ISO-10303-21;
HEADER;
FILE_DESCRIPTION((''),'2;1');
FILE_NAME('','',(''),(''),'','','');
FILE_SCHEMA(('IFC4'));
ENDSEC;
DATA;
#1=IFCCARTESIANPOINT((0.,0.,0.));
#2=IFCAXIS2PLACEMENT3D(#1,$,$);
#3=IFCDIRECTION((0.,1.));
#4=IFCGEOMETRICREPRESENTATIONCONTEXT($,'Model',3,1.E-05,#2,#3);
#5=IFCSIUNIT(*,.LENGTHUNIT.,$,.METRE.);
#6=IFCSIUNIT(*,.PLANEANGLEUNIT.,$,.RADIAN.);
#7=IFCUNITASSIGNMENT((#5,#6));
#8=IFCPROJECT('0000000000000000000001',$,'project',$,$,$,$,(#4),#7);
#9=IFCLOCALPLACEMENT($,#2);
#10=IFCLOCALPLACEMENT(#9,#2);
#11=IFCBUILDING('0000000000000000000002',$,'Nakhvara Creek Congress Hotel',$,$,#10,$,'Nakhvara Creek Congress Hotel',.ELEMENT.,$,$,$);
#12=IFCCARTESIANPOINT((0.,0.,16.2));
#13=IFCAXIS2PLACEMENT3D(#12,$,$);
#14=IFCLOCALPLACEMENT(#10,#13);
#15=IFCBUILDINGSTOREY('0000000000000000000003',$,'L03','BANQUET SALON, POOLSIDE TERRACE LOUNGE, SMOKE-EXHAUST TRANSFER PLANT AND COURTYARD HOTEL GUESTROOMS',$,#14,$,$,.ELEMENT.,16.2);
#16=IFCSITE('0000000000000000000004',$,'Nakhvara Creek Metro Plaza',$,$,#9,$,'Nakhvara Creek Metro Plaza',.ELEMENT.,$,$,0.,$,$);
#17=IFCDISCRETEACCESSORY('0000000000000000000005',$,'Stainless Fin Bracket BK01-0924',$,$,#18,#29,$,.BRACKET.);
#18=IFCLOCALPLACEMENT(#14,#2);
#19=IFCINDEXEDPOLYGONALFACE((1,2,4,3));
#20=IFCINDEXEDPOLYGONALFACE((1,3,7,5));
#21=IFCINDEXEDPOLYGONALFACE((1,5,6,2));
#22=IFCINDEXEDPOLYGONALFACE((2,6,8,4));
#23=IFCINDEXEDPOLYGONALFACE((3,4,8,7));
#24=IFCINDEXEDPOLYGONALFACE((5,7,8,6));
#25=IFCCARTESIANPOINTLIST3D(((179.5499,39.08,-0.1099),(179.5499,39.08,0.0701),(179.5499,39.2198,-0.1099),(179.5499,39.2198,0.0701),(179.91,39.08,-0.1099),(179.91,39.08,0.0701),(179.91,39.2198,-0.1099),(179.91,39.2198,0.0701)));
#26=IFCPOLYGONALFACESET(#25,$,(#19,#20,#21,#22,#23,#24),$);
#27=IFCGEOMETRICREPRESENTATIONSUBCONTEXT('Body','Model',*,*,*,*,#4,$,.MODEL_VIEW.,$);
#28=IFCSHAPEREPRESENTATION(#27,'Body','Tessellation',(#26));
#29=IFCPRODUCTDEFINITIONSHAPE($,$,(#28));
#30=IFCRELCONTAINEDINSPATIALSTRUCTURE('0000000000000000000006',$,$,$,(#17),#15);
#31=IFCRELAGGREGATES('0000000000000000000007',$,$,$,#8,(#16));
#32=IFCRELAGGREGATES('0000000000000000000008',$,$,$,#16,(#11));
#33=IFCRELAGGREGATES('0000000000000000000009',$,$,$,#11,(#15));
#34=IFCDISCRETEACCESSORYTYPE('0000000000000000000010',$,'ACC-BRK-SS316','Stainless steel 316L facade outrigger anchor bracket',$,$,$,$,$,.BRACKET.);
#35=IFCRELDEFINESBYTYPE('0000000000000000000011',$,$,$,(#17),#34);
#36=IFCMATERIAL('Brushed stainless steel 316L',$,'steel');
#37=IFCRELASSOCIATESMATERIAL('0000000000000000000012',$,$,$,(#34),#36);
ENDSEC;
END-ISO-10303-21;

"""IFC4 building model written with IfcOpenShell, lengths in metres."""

from ifc_helpers import new_model, si_unit, direction, frame, origin, origin_2d, place, context, subcontext, project, spatial, rectangle, extrude, material, type_object, element, save


model = new_model("IFC4")

# Units and contexts
model_context = context("Model", 3, precision=1e-05, world=origin(), true_north=direction((0.0, 1.0)))
body_context = subcontext(model_context, "Body", "Model", "MODEL_VIEW")
ifc_project = project(units=[si_unit("LENGTHUNIT", "METRE"), si_unit("PLANEANGLEUNIT", "RADIAN")], contexts=[model_context])

# Site, building, storey
site_placement = place(None, origin())
site = spatial("IfcSite", under=ifc_project, at=site_placement, Name="Nakhvara Creek Metro Plaza", LongName="Nakhvara Creek Metro Plaza", CompositionType="ELEMENT", RefElevation=0.0)
building_placement = place(site_placement, origin())
building = spatial("IfcBuilding", under=site, at=building_placement, Name="Nakhvara Creek Congress Hotel", LongName="Nakhvara Creek Congress Hotel", CompositionType="ELEMENT")
storey_placement = place(building_placement, frame((0.0, 0.0, 16.2)))
storey = spatial("IfcBuildingStorey", under=building, at=storey_placement, Name="L03", Description="BANQUET SALON, POOLSIDE TERRACE LOUNGE, SMOKE-EXHAUST TRANSFER PLANT AND COURTYARD HOTEL GUESTROOMS", CompositionType="ELEMENT", Elevation=16.2)

# Discrete accessory
ifc_material_1 = material(Name="Brushed stainless steel 316L", Category="steel")
discrete_accessory_type = type_object("IfcDiscreteAccessoryType", Name="ACC-BRK-SS316", Description="Stainless steel 316L facade outrigger anchor bracket", PredefinedType="BRACKET", material=ifc_material_1)
for number, where, z_axis, x_axis, name in (
    (1, (179.73, 39.1499, -0.1099), (0.0, 0.0, 1.0), (0.0, 1.0, 0.0), "Stainless Fin Bracket BK01-0924"),
):
    element("IfcDiscreteAccessory", number, at=place(storey_placement, frame(where, z_axis=z_axis, x_axis=x_axis)), inside=storey, type_object=discrete_accessory_type, Name=name, PredefinedType="BRACKET", context=body_context, shape_type="SweptSolid", body=[
        extrude(rectangle(XDim=0.1399, YDim=0.3601, at=origin_2d()), origin(), (0.0, 0.0, 1.0), 0.1799),
    ])

save(model, "model.ifc")
